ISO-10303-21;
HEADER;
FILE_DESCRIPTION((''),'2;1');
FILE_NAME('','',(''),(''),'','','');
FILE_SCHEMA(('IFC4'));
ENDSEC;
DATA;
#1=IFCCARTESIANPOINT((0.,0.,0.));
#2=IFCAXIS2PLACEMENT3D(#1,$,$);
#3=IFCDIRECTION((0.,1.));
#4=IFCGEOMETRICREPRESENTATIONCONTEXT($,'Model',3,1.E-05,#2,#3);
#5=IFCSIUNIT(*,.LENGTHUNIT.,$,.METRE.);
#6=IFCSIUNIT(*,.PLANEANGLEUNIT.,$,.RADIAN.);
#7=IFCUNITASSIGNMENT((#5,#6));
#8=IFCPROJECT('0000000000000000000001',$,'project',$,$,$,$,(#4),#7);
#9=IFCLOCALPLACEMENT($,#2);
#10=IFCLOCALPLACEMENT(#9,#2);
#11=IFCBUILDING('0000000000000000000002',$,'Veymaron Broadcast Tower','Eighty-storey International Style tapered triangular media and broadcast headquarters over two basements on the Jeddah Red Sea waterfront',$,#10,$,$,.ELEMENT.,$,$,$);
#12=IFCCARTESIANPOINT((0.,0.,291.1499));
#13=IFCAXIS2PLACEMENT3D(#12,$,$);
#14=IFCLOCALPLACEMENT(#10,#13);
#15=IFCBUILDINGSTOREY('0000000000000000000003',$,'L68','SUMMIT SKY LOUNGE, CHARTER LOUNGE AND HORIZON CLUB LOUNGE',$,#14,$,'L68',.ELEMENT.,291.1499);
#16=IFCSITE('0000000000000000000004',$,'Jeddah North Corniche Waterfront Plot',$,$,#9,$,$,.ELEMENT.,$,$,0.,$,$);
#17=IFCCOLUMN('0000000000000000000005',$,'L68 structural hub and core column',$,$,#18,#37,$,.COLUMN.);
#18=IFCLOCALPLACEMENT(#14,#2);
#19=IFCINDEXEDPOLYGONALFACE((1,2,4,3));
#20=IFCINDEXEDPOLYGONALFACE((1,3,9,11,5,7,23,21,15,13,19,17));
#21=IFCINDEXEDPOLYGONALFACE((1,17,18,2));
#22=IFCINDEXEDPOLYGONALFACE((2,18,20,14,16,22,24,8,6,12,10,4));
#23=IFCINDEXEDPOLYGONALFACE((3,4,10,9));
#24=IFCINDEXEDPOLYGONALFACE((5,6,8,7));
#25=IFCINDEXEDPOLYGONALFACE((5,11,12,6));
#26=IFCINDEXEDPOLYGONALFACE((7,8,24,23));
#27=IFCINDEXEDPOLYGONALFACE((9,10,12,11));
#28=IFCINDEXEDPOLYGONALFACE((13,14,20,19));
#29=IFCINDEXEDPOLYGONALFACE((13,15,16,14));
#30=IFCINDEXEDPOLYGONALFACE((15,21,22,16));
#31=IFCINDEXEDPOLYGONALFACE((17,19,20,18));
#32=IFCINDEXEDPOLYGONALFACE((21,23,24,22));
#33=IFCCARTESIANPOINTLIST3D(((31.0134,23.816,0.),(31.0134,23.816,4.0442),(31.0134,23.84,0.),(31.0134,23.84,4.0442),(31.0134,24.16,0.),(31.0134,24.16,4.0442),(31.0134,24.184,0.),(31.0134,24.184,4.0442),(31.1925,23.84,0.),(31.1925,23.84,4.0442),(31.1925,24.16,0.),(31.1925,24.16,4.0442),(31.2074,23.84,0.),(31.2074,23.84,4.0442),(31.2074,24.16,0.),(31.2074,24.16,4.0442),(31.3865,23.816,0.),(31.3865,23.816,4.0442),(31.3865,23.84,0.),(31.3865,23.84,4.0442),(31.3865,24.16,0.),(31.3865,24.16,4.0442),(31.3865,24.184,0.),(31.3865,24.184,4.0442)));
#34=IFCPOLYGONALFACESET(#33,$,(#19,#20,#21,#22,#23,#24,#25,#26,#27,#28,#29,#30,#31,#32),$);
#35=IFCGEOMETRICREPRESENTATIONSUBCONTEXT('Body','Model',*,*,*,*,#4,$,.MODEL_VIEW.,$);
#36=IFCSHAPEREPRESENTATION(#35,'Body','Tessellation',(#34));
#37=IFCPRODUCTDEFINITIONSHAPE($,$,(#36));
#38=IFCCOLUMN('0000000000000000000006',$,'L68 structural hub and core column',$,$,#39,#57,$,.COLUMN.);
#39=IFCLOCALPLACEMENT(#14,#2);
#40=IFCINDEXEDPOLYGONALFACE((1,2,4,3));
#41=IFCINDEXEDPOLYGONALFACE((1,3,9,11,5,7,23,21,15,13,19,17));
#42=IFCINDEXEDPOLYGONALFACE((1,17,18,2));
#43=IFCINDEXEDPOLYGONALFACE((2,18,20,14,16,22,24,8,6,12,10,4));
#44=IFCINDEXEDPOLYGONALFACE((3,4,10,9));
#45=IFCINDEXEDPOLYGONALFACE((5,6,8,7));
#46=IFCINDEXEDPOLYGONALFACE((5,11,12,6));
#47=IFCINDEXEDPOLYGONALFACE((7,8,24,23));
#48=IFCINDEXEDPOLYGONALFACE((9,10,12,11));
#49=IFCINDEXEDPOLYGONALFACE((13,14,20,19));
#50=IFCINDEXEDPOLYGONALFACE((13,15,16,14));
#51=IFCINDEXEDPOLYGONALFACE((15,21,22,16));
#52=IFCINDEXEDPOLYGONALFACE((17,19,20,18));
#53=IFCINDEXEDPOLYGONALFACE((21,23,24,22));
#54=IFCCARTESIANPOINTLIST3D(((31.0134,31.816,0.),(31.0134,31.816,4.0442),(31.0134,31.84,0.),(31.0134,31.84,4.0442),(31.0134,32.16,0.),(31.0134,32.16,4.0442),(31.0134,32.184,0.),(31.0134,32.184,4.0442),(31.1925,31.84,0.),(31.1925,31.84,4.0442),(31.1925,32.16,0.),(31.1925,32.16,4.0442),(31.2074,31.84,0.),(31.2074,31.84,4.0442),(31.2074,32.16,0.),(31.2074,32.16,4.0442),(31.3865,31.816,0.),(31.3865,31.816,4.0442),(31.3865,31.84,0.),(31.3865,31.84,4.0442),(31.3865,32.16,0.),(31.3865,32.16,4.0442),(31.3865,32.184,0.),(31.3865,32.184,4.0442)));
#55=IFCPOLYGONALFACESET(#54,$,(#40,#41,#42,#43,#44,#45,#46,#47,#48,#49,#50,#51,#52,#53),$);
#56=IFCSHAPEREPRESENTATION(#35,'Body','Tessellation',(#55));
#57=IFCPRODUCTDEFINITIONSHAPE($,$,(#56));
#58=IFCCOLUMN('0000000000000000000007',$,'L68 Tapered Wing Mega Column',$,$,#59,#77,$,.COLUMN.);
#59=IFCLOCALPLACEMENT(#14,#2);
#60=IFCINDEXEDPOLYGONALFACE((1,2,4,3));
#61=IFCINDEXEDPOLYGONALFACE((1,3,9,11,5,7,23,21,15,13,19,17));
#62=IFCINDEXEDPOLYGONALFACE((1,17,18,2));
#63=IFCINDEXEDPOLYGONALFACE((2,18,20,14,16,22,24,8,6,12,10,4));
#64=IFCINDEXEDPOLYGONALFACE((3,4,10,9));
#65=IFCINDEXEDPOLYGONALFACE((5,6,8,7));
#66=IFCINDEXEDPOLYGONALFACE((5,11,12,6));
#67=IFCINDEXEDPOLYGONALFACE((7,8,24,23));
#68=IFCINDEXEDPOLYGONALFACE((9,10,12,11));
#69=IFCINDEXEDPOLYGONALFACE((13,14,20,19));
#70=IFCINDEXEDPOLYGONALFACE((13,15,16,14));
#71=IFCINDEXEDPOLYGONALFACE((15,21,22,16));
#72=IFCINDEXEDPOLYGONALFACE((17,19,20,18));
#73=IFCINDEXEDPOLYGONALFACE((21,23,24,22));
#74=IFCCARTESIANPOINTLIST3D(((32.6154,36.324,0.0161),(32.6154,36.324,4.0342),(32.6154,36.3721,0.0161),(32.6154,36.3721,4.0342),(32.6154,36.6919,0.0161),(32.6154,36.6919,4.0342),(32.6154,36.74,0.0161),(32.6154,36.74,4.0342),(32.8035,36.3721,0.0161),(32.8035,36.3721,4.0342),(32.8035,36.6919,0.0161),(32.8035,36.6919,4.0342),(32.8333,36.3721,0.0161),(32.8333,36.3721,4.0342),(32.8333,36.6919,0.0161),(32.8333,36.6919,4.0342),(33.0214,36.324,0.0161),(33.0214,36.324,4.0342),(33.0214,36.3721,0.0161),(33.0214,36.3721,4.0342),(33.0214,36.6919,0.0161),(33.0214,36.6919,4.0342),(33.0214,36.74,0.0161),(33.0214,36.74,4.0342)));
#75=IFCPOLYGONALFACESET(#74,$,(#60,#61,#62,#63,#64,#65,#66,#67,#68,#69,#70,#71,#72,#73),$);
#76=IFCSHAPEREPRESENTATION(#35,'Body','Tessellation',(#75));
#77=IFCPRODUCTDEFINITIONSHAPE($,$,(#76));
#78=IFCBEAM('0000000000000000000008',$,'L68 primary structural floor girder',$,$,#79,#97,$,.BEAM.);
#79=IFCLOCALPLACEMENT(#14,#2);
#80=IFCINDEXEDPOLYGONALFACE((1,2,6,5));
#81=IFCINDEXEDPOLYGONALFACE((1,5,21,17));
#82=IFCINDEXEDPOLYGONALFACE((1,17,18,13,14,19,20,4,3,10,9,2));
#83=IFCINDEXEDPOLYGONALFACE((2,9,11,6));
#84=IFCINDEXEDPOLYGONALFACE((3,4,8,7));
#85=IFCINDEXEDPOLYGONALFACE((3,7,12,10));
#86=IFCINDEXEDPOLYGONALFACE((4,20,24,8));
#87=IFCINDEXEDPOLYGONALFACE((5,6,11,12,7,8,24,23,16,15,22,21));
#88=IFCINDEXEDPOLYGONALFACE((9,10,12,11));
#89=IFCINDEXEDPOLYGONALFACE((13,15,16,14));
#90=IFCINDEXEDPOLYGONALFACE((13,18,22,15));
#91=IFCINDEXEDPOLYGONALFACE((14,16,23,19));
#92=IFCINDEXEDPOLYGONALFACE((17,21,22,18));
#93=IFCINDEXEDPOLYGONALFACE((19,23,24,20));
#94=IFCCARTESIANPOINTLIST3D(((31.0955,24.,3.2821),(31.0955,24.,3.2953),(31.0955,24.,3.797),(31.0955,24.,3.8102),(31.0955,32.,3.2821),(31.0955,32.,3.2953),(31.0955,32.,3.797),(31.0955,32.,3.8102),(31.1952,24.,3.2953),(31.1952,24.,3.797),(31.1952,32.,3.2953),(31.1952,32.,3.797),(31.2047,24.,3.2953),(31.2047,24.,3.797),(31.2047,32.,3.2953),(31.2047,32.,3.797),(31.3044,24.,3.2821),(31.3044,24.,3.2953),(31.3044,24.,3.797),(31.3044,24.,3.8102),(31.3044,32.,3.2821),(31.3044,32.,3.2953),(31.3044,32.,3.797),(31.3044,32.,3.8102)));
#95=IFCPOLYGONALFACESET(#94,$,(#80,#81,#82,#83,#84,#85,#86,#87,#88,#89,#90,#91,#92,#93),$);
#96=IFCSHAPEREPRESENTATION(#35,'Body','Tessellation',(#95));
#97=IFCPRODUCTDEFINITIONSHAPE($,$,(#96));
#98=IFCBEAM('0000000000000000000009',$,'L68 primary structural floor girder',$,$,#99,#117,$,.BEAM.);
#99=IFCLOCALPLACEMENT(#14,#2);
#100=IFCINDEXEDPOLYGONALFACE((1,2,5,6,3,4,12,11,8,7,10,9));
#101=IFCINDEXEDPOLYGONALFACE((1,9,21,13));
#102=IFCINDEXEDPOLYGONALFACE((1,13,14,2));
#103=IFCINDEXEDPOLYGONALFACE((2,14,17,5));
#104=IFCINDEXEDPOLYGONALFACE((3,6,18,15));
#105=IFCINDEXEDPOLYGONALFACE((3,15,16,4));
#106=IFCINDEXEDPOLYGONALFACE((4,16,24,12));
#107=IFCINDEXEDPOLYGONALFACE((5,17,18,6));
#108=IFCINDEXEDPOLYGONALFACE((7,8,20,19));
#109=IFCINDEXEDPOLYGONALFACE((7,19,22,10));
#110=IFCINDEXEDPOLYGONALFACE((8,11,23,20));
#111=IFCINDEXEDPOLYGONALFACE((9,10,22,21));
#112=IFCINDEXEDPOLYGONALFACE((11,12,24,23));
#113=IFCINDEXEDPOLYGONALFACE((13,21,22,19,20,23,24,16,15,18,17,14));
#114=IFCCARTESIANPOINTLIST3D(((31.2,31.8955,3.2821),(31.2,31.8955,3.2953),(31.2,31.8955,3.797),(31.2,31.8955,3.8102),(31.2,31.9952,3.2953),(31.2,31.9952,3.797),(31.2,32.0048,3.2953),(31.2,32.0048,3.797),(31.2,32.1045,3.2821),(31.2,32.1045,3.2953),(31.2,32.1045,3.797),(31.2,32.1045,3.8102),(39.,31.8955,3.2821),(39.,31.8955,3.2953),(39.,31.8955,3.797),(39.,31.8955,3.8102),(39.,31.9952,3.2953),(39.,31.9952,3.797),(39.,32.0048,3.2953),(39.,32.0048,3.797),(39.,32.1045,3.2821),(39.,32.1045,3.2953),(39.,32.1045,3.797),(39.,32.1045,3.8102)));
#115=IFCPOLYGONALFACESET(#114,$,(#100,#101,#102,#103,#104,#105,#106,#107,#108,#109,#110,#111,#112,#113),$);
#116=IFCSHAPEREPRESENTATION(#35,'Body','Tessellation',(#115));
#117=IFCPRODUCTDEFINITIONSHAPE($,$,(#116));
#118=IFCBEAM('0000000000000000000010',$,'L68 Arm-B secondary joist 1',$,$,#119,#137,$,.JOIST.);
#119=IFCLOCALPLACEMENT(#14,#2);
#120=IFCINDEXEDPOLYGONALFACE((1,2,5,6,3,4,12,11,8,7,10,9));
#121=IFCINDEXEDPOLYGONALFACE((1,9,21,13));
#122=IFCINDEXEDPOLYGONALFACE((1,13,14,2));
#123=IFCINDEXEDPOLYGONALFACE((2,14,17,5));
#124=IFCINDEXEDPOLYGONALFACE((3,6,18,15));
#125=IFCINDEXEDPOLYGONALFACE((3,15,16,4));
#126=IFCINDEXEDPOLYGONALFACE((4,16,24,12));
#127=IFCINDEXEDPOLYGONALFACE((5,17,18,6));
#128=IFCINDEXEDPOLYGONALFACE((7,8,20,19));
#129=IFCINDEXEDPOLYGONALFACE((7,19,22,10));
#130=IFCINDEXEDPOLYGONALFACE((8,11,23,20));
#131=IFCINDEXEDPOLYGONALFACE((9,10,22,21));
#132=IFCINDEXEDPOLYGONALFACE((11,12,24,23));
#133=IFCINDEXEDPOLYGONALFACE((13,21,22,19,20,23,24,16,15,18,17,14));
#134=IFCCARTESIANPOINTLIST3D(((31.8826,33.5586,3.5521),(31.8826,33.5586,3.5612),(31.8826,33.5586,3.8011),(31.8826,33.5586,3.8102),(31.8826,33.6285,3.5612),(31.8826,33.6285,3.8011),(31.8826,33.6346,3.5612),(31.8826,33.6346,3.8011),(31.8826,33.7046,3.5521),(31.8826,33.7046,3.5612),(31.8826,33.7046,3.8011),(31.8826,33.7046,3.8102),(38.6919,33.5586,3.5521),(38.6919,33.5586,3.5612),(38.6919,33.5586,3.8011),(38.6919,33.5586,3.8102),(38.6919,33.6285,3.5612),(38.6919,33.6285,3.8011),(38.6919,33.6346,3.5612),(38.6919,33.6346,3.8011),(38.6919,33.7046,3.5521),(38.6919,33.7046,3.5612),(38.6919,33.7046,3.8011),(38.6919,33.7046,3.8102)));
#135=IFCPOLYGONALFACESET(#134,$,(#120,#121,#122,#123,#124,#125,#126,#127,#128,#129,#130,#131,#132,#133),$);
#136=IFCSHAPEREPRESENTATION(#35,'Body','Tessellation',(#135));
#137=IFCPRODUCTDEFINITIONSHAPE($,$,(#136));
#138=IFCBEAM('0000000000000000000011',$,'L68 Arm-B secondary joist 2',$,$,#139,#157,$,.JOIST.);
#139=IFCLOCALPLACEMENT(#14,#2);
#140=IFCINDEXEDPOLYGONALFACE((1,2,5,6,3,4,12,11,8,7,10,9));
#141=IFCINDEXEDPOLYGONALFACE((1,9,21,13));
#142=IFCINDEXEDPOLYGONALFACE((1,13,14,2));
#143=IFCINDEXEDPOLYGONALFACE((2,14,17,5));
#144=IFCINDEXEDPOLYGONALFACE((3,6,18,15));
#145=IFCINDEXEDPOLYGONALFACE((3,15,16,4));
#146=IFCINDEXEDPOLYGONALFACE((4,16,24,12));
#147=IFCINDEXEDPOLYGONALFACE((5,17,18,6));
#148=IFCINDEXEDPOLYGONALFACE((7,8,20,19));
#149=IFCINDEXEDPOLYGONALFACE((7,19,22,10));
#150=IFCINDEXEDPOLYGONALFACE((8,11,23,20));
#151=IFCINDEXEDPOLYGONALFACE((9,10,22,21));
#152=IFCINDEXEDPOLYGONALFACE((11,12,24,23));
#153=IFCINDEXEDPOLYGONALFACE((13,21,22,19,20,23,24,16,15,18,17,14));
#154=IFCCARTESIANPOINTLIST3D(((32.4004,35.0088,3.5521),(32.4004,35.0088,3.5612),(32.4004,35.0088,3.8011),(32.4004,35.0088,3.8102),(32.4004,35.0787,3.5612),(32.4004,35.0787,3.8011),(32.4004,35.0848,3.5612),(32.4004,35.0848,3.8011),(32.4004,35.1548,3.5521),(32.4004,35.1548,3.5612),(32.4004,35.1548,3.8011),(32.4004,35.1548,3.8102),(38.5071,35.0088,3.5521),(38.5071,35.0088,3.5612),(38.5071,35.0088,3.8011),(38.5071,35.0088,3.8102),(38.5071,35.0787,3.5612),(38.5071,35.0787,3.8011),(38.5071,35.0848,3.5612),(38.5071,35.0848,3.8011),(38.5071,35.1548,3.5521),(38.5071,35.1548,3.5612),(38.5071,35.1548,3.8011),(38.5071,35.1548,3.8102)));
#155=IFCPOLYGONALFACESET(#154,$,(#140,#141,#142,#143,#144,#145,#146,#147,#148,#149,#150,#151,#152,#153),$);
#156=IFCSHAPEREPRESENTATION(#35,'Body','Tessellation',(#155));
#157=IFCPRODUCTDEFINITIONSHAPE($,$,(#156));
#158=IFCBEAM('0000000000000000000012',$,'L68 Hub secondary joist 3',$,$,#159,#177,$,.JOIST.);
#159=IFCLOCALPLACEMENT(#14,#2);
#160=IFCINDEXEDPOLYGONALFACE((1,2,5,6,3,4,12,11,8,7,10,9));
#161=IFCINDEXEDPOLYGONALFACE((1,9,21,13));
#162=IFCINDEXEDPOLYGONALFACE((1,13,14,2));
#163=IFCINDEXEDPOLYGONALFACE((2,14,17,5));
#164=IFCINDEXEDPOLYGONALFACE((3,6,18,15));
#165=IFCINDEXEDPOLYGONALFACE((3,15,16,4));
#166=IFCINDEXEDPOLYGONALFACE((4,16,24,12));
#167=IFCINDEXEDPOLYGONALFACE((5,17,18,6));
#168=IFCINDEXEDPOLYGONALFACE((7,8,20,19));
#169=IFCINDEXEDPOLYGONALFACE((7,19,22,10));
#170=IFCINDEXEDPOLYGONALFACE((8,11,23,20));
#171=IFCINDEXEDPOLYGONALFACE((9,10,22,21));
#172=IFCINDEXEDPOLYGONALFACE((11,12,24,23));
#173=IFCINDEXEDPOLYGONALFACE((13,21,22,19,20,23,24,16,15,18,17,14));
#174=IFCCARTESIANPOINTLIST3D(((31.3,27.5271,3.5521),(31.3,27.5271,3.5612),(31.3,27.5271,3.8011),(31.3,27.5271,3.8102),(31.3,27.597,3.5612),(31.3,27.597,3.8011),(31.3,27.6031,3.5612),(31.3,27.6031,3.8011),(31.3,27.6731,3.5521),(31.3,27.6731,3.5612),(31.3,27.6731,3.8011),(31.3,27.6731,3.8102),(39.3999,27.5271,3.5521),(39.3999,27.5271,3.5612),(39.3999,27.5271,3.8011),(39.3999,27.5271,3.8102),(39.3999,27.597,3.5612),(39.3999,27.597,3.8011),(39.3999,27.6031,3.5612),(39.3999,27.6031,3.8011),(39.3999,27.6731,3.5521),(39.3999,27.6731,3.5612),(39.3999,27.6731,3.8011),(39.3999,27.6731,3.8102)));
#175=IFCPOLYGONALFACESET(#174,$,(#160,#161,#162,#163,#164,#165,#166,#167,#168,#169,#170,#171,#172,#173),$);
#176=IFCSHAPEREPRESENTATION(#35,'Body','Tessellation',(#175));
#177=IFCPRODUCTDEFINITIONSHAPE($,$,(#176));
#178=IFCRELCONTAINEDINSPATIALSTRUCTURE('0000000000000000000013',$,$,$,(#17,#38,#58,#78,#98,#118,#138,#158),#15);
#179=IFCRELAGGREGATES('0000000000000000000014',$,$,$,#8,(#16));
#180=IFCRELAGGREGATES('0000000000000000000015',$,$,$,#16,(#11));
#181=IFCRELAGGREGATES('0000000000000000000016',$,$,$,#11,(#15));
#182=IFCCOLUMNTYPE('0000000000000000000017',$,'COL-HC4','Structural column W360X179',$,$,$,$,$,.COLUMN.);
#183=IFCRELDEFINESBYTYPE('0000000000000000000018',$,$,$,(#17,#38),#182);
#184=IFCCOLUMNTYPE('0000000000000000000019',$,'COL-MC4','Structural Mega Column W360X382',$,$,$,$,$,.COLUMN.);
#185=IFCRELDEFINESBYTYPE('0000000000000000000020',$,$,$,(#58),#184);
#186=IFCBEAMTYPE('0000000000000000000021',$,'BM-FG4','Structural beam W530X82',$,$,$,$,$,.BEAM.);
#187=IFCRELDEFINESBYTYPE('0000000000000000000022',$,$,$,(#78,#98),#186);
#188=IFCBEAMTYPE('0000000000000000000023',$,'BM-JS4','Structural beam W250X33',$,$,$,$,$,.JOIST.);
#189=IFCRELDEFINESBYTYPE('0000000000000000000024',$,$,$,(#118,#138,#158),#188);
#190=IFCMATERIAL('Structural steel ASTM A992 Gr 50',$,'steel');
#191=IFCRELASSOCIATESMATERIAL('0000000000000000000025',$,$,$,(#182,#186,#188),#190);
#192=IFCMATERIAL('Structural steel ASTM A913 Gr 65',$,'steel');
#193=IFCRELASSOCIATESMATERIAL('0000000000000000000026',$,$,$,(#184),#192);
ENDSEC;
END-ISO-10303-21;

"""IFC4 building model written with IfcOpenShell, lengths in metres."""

from ifc_helpers import new_model, si_unit, direction, frame, origin, origin_2d, place, context, subcontext, project, spatial, i_section, extrude, material, material_profile, profile_set, type_object, element, save


model = new_model("IFC4")

# Units and contexts
model_context = context("Model", 3, precision=1e-05, world=origin(), true_north=direction((0.0, 1.0)))
body_context = subcontext(model_context, "Body", "Model", "MODEL_VIEW")
ifc_project = project(units=[si_unit("LENGTHUNIT", "METRE"), si_unit("PLANEANGLEUNIT", "RADIAN")], contexts=[model_context])

# Site, building, storey
site_placement = place(None, origin())
site = spatial("IfcSite", under=ifc_project, at=site_placement, Name="Jeddah North Corniche Waterfront Plot", CompositionType="ELEMENT", RefElevation=0.0)
building_placement = place(site_placement, origin())
building = spatial("IfcBuilding", under=site, at=building_placement, Name="Veymaron Broadcast Tower", Description="Eighty-storey International Style tapered triangular media and broadcast headquarters over two basements on the Jeddah Red Sea waterfront", CompositionType="ELEMENT")
storey_placement = place(building_placement, frame((0.0, 0.0, 291.1499)))
storey = spatial("IfcBuildingStorey", under=building, at=storey_placement, Name="L68", Description="SUMMIT SKY LOUNGE, CHARTER LOUNGE AND HORIZON CLUB LOUNGE", LongName="L68", CompositionType="ELEMENT", Elevation=291.1499)

# Columns
ifc_material_1 = material(Name="Structural steel ASTM A992 Gr 50", Category="steel")
ifc_material_profile_1 = material_profile(ifc_material_1, i_section(OverallWidth=0.373, OverallDepth=0.3679, WebThickness=0.0149, FlangeThickness=0.0239, at=origin_2d()), Name="W360X179")
ifc_profile_set_1 = profile_set([ifc_material_profile_1], Name="Structural steel ASTM A992 Gr 50")
column_type_1 = type_object("IfcColumnType", Name="COL-HC4", Description="Structural column W360X179", PredefinedType="COLUMN", material=ifc_profile_set_1)
for number, where, z_axis, x_axis, name in (
    (1, (31.2, 24.0, 0.0), (0.0, 0.0, 1.0), (1.0, 0.0, 0.0), "L68 structural hub and core column"),
    (2, (31.2, 32.0, 0.0), (0.0, 0.0, 1.0), (1.0, 0.0, 0.0), "L68 structural hub and core column"),
):
    element("IfcColumn", number, at=place(storey_placement, frame(where, z_axis=z_axis, x_axis=x_axis)), inside=storey, type_object=column_type_1, Name=name, PredefinedType="COLUMN", context=body_context, shape_type="SweptSolid", body=[
        extrude(i_section(OverallWidth=0.373, OverallDepth=0.3679, WebThickness=0.0149, FlangeThickness=0.0239, at=origin_2d()), origin(), (0.0, 0.0, 1.0), 4.0442),
    ])
ifc_material_2 = material(Name="Structural steel ASTM A913 Gr 65", Category="steel")
ifc_material_profile_2 = material_profile(ifc_material_2, i_section(OverallWidth=0.406, OverallDepth=0.416, WebThickness=0.0298, FlangeThickness=0.0481, at=origin_2d()), Name="W360X382")
ifc_profile_set_2 = profile_set([ifc_material_profile_2], Name="Structural steel ASTM A913 Gr 65")
column_type_2 = type_object("IfcColumnType", Name="COL-MC4", Description="Structural Mega Column W360X382", PredefinedType="COLUMN", material=ifc_profile_set_2)
column_placement = place(storey_placement, frame((32.8184, 36.532, 0.0161), z_axis=(0.0, 0.0, 1.0), x_axis=(1.0, 0.0, 0.0)))
element("IfcColumn", 3, at=column_placement, inside=storey, type_object=column_type_2, Name="L68 Tapered Wing Mega Column", PredefinedType="COLUMN", context=body_context, shape_type="SweptSolid", body=[
    extrude(i_section(OverallWidth=0.406, OverallDepth=0.416, WebThickness=0.0298, FlangeThickness=0.0481, at=origin_2d()), origin(), (0.0, 0.0, 1.0), 4.0181),
])

# Beams
ifc_material_profile_3 = material_profile(ifc_material_1, i_section(OverallWidth=0.209, OverallDepth=0.5281, WebThickness=0.0095, FlangeThickness=0.0132, at=origin_2d()), Name="W530X82")
ifc_profile_set_3 = profile_set([ifc_material_profile_3], Name="Structural steel ASTM A992 Gr 50")
beam_type_1 = type_object("IfcBeamType", Name="BM-FG4", Description="Structural beam W530X82", PredefinedType="BEAM", material=ifc_profile_set_3)
beam_1_placement = place(storey_placement, frame((31.2, 24.0, 3.5461), z_axis=(0.0, 1.0, 0.0), x_axis=(-1.0, 0.0, 0.0)))
element("IfcBeam", 4, at=beam_1_placement, inside=storey, type_object=beam_type_1, Name="L68 primary structural floor girder", PredefinedType="BEAM", context=body_context, shape_type="SweptSolid", body=[
    extrude(i_section(OverallWidth=0.209, OverallDepth=0.5281, WebThickness=0.0095, FlangeThickness=0.0132, at=origin_2d()), origin(), (0.0, 0.0, 1.0), 8.0),
])
beam_2_placement = place(storey_placement, frame((31.2, 32.0, 3.5461), z_axis=(1.0, 0.0, 0.0), x_axis=(0.0, 1.0, 0.0)))
element("IfcBeam", 5, at=beam_2_placement, inside=storey, type_object=beam_type_1, Name="L68 primary structural floor girder", PredefinedType="BEAM", context=body_context, shape_type="SweptSolid", body=[
    extrude(i_section(OverallWidth=0.209, OverallDepth=0.5281, WebThickness=0.0095, FlangeThickness=0.0132, at=origin_2d()), origin(), (0.0, 0.0, 1.0), 7.8),
])
ifc_material_profile_4 = material_profile(ifc_material_1, i_section(OverallWidth=0.146, OverallDepth=0.2581, WebThickness=0.0061, FlangeThickness=0.009, at=origin_2d()), Name="W250X33")
ifc_profile_set_4 = profile_set([ifc_material_profile_4], Name="Structural steel ASTM A992 Gr 50")
beam_type_2 = type_object("IfcBeamType", Name="BM-JS4", Description="Structural beam W250X33", PredefinedType="JOIST", material=ifc_profile_set_4)
beam_3_placement = place(storey_placement, frame((31.8826, 33.6316, 3.6812), z_axis=(1.0, 0.0, 0.0), x_axis=(0.0, 1.0, 0.0)))
element("IfcBeam", 6, at=beam_3_placement, inside=storey, type_object=beam_type_2, Name="L68 Arm-B secondary joist 1", PredefinedType="JOIST", context=body_context, shape_type="SweptSolid", body=[
    extrude(i_section(OverallWidth=0.146, OverallDepth=0.2581, WebThickness=0.0061, FlangeThickness=0.009, at=origin_2d()), origin(), (0.0, 0.0, 1.0), 6.8093),
])
beam_4_placement = place(storey_placement, frame((32.4004, 35.0818, 3.6812), z_axis=(1.0, 0.0, 0.0), x_axis=(0.0, 1.0, 0.0)))
element("IfcBeam", 7, at=beam_4_placement, inside=storey, type_object=beam_type_2, Name="L68 Arm-B secondary joist 2", PredefinedType="JOIST", context=body_context, shape_type="SweptSolid", body=[
    extrude(i_section(OverallWidth=0.146, OverallDepth=0.2581, WebThickness=0.0061, FlangeThickness=0.009, at=origin_2d()), origin(), (0.0, 0.0, 1.0), 6.1067),
])
for number, where, z_axis, x_axis, name in (
    (8, (31.3, 27.6001, 3.6812), (1.0, 0.0, 0.0), (0.0, 1.0, 0.0), "L68 Hub secondary joist 3"),
):
    element("IfcBeam", number, at=place(storey_placement, frame(where, z_axis=z_axis, x_axis=x_axis)), inside=storey, type_object=beam_type_2, Name=name, PredefinedType="JOIST", context=body_context, shape_type="SweptSolid", body=[
        extrude(i_section(OverallWidth=0.146, OverallDepth=0.2581, WebThickness=0.0061, FlangeThickness=0.009, at=origin_2d()), origin(), (0.0, 0.0, 1.0), 8.0999),
    ])

save(model, "model.ifc")
